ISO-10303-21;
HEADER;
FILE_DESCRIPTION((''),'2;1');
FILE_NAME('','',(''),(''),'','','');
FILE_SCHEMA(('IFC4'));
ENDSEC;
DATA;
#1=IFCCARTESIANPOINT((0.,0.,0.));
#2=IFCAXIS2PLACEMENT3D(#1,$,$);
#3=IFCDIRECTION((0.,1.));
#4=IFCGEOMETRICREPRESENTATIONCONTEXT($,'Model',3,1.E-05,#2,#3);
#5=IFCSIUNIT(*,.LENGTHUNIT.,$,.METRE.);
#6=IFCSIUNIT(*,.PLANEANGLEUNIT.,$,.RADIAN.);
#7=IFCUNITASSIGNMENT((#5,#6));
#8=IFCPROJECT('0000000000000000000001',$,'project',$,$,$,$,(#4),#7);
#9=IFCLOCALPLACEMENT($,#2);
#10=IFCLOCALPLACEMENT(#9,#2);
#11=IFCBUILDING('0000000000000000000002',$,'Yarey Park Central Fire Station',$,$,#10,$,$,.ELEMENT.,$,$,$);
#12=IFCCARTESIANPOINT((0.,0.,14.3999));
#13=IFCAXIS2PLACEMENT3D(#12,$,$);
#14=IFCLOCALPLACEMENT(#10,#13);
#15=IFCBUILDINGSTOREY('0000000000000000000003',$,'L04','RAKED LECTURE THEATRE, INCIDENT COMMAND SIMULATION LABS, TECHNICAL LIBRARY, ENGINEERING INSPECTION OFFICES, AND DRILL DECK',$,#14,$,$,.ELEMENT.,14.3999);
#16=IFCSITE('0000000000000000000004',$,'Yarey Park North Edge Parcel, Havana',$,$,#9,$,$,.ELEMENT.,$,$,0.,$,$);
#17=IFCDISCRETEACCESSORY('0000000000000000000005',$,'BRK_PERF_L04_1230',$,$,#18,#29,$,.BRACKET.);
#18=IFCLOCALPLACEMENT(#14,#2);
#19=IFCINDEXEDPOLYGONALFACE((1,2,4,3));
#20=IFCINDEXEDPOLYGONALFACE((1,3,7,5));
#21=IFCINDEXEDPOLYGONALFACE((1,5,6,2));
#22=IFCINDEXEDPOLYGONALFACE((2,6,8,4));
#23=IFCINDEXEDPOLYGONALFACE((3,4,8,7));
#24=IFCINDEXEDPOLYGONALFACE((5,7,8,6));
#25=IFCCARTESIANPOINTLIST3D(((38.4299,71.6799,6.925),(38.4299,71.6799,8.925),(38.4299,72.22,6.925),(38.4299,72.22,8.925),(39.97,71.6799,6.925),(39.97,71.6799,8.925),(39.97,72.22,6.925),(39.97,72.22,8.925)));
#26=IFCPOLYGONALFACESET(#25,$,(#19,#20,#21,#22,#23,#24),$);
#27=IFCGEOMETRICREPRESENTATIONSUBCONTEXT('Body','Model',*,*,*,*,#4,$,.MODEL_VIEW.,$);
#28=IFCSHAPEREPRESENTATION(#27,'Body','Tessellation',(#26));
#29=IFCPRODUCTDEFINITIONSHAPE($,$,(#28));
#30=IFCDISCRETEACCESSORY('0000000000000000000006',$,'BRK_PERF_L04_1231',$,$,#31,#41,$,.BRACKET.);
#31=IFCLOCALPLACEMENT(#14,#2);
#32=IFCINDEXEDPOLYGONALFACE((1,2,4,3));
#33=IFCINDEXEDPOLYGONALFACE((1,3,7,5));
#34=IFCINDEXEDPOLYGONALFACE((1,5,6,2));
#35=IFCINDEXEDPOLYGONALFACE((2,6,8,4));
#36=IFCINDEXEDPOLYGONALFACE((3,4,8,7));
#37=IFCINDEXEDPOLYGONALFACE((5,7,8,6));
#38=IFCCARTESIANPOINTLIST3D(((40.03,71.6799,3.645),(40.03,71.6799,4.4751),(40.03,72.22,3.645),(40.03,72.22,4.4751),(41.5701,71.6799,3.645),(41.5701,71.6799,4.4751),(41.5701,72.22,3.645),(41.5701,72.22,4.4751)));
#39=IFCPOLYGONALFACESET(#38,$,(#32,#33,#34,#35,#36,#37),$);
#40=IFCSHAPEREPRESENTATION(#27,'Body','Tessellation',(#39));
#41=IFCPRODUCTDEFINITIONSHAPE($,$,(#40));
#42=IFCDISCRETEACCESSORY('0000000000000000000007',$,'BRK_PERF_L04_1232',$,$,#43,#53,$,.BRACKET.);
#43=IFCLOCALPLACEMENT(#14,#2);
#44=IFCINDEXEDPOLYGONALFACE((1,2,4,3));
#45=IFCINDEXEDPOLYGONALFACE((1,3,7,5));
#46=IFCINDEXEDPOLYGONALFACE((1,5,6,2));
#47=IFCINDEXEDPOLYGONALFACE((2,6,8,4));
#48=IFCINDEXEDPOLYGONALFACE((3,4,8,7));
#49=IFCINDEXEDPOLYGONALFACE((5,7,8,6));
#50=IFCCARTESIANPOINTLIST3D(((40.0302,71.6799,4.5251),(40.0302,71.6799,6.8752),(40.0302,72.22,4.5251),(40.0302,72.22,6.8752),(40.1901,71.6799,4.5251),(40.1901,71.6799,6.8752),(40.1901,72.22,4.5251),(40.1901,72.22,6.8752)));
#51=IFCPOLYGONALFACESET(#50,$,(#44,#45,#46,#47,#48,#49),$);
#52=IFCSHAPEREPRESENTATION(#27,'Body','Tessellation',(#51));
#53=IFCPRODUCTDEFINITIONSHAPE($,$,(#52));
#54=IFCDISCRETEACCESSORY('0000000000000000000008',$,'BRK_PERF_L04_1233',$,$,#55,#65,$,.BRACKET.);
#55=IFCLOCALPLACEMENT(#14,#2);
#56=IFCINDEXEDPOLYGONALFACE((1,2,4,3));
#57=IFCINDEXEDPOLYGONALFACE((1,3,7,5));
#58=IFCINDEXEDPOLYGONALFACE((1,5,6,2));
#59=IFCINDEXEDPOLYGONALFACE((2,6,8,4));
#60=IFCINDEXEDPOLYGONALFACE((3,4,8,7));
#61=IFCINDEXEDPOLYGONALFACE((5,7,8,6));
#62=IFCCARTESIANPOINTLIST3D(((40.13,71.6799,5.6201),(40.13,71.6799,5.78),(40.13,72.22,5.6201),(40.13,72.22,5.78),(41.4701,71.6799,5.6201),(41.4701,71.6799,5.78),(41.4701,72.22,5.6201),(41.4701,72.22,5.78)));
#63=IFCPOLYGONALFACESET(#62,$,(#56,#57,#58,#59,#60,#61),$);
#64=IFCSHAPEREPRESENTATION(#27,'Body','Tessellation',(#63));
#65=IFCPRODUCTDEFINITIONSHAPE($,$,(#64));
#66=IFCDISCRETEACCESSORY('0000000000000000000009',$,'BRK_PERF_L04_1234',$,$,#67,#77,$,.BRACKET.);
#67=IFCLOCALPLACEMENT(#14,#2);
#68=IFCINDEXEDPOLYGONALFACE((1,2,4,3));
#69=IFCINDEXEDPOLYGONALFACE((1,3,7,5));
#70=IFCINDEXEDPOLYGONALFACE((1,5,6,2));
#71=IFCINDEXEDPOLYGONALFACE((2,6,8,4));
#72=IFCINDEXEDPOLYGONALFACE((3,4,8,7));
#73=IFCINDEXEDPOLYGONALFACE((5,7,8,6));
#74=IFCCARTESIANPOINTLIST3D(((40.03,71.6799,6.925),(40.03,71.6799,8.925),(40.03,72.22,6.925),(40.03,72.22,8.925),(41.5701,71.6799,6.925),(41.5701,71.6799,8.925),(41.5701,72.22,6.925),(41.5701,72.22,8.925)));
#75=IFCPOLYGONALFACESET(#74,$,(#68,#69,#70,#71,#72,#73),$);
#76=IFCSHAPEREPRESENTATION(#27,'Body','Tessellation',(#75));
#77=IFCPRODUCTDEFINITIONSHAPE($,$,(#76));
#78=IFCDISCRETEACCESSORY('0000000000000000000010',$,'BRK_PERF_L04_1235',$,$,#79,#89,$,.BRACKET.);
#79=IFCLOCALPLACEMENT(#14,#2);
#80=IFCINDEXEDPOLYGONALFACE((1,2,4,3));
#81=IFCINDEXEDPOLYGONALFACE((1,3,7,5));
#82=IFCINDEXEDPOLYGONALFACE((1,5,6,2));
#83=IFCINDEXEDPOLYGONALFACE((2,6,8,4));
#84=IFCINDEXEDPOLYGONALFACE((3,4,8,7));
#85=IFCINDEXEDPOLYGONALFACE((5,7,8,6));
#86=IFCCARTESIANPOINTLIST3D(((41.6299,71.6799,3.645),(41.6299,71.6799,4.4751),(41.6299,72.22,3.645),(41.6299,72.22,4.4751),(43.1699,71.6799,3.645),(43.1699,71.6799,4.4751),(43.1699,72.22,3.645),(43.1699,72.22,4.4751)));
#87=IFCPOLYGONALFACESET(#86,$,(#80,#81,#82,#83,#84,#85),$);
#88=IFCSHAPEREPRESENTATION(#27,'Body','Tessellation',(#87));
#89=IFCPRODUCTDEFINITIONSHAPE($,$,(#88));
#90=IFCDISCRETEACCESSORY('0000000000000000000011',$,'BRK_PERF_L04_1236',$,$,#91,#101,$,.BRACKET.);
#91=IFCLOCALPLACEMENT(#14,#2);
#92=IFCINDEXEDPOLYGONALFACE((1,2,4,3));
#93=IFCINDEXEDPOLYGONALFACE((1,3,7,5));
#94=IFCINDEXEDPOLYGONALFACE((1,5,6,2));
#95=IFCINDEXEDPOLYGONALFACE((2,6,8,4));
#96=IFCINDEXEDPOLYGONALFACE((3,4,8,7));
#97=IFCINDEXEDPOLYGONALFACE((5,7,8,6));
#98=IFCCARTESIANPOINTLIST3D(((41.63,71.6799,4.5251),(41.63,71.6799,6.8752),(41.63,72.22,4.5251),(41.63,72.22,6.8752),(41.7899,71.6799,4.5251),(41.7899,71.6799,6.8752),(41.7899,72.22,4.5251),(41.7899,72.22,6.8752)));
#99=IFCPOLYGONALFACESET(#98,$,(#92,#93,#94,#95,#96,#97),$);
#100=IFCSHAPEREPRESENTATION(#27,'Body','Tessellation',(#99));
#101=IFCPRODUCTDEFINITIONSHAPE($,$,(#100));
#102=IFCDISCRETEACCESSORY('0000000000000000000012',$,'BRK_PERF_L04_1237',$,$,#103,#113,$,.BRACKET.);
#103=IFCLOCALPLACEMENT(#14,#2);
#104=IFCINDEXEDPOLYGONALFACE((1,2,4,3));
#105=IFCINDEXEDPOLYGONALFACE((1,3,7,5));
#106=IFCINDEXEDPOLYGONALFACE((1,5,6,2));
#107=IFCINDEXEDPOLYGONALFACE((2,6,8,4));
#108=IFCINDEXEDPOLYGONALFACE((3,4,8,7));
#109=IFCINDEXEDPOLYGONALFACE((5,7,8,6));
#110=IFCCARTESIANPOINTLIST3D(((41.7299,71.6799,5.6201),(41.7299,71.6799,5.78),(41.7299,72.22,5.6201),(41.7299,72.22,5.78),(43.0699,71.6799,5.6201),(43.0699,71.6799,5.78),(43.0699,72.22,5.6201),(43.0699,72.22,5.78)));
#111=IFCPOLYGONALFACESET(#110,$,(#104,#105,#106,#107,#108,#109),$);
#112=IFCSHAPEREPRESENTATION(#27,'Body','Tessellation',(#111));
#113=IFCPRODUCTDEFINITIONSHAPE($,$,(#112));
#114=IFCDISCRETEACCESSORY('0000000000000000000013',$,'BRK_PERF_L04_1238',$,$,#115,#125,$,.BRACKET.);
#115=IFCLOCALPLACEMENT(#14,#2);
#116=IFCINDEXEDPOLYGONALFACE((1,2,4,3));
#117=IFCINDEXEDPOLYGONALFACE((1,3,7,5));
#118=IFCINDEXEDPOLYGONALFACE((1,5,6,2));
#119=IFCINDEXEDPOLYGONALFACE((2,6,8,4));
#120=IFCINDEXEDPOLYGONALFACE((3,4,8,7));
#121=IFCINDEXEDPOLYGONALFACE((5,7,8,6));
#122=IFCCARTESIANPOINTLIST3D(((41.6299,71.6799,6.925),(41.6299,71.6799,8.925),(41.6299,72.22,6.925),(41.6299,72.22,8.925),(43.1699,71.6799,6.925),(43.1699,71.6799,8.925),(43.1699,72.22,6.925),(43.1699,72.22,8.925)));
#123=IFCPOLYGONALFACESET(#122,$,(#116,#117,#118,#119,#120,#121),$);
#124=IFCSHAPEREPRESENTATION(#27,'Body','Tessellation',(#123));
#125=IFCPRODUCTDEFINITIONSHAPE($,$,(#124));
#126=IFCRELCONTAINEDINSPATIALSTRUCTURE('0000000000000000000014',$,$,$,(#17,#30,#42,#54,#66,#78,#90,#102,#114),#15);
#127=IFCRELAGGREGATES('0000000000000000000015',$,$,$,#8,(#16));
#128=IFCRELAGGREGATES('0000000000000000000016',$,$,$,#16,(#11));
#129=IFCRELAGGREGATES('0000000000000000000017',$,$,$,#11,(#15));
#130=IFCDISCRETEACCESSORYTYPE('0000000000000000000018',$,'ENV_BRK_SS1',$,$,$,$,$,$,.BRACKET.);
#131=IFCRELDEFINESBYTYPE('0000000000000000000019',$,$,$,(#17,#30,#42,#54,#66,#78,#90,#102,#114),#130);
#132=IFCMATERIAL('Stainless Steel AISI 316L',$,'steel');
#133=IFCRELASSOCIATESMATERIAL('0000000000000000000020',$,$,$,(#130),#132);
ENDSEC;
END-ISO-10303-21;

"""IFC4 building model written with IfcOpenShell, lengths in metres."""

from ifc_helpers import new_model, si_unit, direction, frame, origin, origin_2d, place, context, subcontext, project, spatial, rectangle, extrude, material, type_object, element, save


model = new_model("IFC4")

# Units and contexts
model_context = context("Model", 3, precision=1e-05, world=origin(), true_north=direction((0.0, 1.0)))
body_context = subcontext(model_context, "Body", "Model", "MODEL_VIEW")
ifc_project = project(units=[si_unit("LENGTHUNIT", "METRE"), si_unit("PLANEANGLEUNIT", "RADIAN")], contexts=[model_context])

# Site, building, storey
site_placement = place(None, origin())
site = spatial("IfcSite", under=ifc_project, at=site_placement, Name="Yarey Park North Edge Parcel, Havana", CompositionType="ELEMENT", RefElevation=0.0)
building_placement = place(site_placement, origin())
building = spatial("IfcBuilding", under=site, at=building_placement, Name="Yarey Park Central Fire Station", CompositionType="ELEMENT")
storey_placement = place(building_placement, frame((0.0, 0.0, 14.3999)))
storey = spatial("IfcBuildingStorey", under=building, at=storey_placement, Name="L04", Description="RAKED LECTURE THEATRE, INCIDENT COMMAND SIMULATION LABS, TECHNICAL LIBRARY, ENGINEERING INSPECTION OFFICES, AND DRILL DECK", CompositionType="ELEMENT", Elevation=14.3999)

# Discrete accessories
ifc_material_1 = material(Name="Stainless Steel AISI 316L", Category="steel")
discrete_accessory_type = type_object("IfcDiscreteAccessoryType", Name="ENV_BRK_SS1", PredefinedType="BRACKET", material=ifc_material_1)
discrete_accessory_1_placement = place(storey_placement, frame((39.2, 71.95, 6.925), z_axis=(0.0, 0.0, 1.0), x_axis=(1.0, 0.0, 0.0)))
element("IfcDiscreteAccessory", 1, at=discrete_accessory_1_placement, inside=storey, type_object=discrete_accessory_type, Name="BRK_PERF_L04_1230", PredefinedType="BRACKET", context=body_context, shape_type="SweptSolid", body=[
    extrude(rectangle(XDim=1.54, YDim=0.54, at=origin_2d()), origin(), (0.0, 0.0, 1.0), 2.0),
])
discrete_accessory_2_placement = place(storey_placement, frame((40.8, 71.95, 3.645), z_axis=(0.0, 0.0, 1.0), x_axis=(1.0, 0.0, 0.0)))
element("IfcDiscreteAccessory", 2, at=discrete_accessory_2_placement, inside=storey, type_object=discrete_accessory_type, Name="BRK_PERF_L04_1231", PredefinedType="BRACKET", context=body_context, shape_type="SweptSolid", body=[
    extrude(rectangle(XDim=1.54, YDim=0.54, at=origin_2d()), origin(), (0.0, 0.0, 1.0), 0.8301),
])
discrete_accessory_3_placement = place(storey_placement, frame((40.1101, 71.95, 4.5251), z_axis=(0.0, 0.0, 1.0), x_axis=(1.0, 0.0, 0.0)))
element("IfcDiscreteAccessory", 3, at=discrete_accessory_3_placement, inside=storey, type_object=discrete_accessory_type, Name="BRK_PERF_L04_1232", PredefinedType="BRACKET", context=body_context, shape_type="SweptSolid", body=[
    extrude(rectangle(XDim=0.1599, YDim=0.54, at=origin_2d()), origin(), (0.0, 0.0, 1.0), 2.3501),
])
discrete_accessory_4_placement = place(storey_placement, frame((40.8, 71.95, 5.6201), z_axis=(0.0, 0.0, 1.0), x_axis=(1.0, 0.0, 0.0)))
element("IfcDiscreteAccessory", 4, at=discrete_accessory_4_placement, inside=storey, type_object=discrete_accessory_type, Name="BRK_PERF_L04_1233", PredefinedType="BRACKET", context=body_context, shape_type="SweptSolid", body=[
    extrude(rectangle(XDim=1.3401, YDim=0.54, at=origin_2d()), origin(), (0.0, 0.0, 1.0), 0.1599),
])
discrete_accessory_5_placement = place(storey_placement, frame((40.8, 71.95, 6.925), z_axis=(0.0, 0.0, 1.0), x_axis=(1.0, 0.0, 0.0)))
element("IfcDiscreteAccessory", 5, at=discrete_accessory_5_placement, inside=storey, type_object=discrete_accessory_type, Name="BRK_PERF_L04_1234", PredefinedType="BRACKET", context=body_context, shape_type="SweptSolid", body=[
    extrude(rectangle(XDim=1.54, YDim=0.54, at=origin_2d()), origin(), (0.0, 0.0, 1.0), 2.0),
])
discrete_accessory_6_placement = place(storey_placement, frame((42.3999, 71.95, 3.645), z_axis=(0.0, 0.0, 1.0), x_axis=(1.0, 0.0, 0.0)))
element("IfcDiscreteAccessory", 6, at=discrete_accessory_6_placement, inside=storey, type_object=discrete_accessory_type, Name="BRK_PERF_L04_1235", PredefinedType="BRACKET", context=body_context, shape_type="SweptSolid", body=[
    extrude(rectangle(XDim=1.54, YDim=0.54, at=origin_2d()), origin(), (0.0, 0.0, 1.0), 0.8301),
])
discrete_accessory_7_placement = place(storey_placement, frame((41.71, 71.95, 4.5251), z_axis=(0.0, 0.0, 1.0), x_axis=(1.0, 0.0, 0.0)))
element("IfcDiscreteAccessory", 7, at=discrete_accessory_7_placement, inside=storey, type_object=discrete_accessory_type, Name="BRK_PERF_L04_1236", PredefinedType="BRACKET", context=body_context, shape_type="SweptSolid", body=[
    extrude(rectangle(XDim=0.1599, YDim=0.54, at=origin_2d()), origin(), (0.0, 0.0, 1.0), 2.3501),
])
discrete_accessory_8_placement = place(storey_placement, frame((42.3999, 71.95, 5.6201), z_axis=(0.0, 0.0, 1.0), x_axis=(1.0, 0.0, 0.0)))
element("IfcDiscreteAccessory", 8, at=discrete_accessory_8_placement, inside=storey, type_object=discrete_accessory_type, Name="BRK_PERF_L04_1237", PredefinedType="BRACKET", context=body_context, shape_type="SweptSolid", body=[
    extrude(rectangle(XDim=1.3401, YDim=0.54, at=origin_2d()), origin(), (0.0, 0.0, 1.0), 0.1599),
])
discrete_accessory_9_placement = place(storey_placement, frame((42.3999, 71.95, 6.925), z_axis=(0.0, 0.0, 1.0), x_axis=(1.0, 0.0, 0.0)))
element("IfcDiscreteAccessory", 9, at=discrete_accessory_9_placement, inside=storey, type_object=discrete_accessory_type, Name="BRK_PERF_L04_1238", PredefinedType="BRACKET", context=body_context, shape_type="SweptSolid", body=[
    extrude(rectangle(XDim=1.54, YDim=0.54, at=origin_2d()), origin(), (0.0, 0.0, 1.0), 2.0),
])

save(model, "model.ifc")
